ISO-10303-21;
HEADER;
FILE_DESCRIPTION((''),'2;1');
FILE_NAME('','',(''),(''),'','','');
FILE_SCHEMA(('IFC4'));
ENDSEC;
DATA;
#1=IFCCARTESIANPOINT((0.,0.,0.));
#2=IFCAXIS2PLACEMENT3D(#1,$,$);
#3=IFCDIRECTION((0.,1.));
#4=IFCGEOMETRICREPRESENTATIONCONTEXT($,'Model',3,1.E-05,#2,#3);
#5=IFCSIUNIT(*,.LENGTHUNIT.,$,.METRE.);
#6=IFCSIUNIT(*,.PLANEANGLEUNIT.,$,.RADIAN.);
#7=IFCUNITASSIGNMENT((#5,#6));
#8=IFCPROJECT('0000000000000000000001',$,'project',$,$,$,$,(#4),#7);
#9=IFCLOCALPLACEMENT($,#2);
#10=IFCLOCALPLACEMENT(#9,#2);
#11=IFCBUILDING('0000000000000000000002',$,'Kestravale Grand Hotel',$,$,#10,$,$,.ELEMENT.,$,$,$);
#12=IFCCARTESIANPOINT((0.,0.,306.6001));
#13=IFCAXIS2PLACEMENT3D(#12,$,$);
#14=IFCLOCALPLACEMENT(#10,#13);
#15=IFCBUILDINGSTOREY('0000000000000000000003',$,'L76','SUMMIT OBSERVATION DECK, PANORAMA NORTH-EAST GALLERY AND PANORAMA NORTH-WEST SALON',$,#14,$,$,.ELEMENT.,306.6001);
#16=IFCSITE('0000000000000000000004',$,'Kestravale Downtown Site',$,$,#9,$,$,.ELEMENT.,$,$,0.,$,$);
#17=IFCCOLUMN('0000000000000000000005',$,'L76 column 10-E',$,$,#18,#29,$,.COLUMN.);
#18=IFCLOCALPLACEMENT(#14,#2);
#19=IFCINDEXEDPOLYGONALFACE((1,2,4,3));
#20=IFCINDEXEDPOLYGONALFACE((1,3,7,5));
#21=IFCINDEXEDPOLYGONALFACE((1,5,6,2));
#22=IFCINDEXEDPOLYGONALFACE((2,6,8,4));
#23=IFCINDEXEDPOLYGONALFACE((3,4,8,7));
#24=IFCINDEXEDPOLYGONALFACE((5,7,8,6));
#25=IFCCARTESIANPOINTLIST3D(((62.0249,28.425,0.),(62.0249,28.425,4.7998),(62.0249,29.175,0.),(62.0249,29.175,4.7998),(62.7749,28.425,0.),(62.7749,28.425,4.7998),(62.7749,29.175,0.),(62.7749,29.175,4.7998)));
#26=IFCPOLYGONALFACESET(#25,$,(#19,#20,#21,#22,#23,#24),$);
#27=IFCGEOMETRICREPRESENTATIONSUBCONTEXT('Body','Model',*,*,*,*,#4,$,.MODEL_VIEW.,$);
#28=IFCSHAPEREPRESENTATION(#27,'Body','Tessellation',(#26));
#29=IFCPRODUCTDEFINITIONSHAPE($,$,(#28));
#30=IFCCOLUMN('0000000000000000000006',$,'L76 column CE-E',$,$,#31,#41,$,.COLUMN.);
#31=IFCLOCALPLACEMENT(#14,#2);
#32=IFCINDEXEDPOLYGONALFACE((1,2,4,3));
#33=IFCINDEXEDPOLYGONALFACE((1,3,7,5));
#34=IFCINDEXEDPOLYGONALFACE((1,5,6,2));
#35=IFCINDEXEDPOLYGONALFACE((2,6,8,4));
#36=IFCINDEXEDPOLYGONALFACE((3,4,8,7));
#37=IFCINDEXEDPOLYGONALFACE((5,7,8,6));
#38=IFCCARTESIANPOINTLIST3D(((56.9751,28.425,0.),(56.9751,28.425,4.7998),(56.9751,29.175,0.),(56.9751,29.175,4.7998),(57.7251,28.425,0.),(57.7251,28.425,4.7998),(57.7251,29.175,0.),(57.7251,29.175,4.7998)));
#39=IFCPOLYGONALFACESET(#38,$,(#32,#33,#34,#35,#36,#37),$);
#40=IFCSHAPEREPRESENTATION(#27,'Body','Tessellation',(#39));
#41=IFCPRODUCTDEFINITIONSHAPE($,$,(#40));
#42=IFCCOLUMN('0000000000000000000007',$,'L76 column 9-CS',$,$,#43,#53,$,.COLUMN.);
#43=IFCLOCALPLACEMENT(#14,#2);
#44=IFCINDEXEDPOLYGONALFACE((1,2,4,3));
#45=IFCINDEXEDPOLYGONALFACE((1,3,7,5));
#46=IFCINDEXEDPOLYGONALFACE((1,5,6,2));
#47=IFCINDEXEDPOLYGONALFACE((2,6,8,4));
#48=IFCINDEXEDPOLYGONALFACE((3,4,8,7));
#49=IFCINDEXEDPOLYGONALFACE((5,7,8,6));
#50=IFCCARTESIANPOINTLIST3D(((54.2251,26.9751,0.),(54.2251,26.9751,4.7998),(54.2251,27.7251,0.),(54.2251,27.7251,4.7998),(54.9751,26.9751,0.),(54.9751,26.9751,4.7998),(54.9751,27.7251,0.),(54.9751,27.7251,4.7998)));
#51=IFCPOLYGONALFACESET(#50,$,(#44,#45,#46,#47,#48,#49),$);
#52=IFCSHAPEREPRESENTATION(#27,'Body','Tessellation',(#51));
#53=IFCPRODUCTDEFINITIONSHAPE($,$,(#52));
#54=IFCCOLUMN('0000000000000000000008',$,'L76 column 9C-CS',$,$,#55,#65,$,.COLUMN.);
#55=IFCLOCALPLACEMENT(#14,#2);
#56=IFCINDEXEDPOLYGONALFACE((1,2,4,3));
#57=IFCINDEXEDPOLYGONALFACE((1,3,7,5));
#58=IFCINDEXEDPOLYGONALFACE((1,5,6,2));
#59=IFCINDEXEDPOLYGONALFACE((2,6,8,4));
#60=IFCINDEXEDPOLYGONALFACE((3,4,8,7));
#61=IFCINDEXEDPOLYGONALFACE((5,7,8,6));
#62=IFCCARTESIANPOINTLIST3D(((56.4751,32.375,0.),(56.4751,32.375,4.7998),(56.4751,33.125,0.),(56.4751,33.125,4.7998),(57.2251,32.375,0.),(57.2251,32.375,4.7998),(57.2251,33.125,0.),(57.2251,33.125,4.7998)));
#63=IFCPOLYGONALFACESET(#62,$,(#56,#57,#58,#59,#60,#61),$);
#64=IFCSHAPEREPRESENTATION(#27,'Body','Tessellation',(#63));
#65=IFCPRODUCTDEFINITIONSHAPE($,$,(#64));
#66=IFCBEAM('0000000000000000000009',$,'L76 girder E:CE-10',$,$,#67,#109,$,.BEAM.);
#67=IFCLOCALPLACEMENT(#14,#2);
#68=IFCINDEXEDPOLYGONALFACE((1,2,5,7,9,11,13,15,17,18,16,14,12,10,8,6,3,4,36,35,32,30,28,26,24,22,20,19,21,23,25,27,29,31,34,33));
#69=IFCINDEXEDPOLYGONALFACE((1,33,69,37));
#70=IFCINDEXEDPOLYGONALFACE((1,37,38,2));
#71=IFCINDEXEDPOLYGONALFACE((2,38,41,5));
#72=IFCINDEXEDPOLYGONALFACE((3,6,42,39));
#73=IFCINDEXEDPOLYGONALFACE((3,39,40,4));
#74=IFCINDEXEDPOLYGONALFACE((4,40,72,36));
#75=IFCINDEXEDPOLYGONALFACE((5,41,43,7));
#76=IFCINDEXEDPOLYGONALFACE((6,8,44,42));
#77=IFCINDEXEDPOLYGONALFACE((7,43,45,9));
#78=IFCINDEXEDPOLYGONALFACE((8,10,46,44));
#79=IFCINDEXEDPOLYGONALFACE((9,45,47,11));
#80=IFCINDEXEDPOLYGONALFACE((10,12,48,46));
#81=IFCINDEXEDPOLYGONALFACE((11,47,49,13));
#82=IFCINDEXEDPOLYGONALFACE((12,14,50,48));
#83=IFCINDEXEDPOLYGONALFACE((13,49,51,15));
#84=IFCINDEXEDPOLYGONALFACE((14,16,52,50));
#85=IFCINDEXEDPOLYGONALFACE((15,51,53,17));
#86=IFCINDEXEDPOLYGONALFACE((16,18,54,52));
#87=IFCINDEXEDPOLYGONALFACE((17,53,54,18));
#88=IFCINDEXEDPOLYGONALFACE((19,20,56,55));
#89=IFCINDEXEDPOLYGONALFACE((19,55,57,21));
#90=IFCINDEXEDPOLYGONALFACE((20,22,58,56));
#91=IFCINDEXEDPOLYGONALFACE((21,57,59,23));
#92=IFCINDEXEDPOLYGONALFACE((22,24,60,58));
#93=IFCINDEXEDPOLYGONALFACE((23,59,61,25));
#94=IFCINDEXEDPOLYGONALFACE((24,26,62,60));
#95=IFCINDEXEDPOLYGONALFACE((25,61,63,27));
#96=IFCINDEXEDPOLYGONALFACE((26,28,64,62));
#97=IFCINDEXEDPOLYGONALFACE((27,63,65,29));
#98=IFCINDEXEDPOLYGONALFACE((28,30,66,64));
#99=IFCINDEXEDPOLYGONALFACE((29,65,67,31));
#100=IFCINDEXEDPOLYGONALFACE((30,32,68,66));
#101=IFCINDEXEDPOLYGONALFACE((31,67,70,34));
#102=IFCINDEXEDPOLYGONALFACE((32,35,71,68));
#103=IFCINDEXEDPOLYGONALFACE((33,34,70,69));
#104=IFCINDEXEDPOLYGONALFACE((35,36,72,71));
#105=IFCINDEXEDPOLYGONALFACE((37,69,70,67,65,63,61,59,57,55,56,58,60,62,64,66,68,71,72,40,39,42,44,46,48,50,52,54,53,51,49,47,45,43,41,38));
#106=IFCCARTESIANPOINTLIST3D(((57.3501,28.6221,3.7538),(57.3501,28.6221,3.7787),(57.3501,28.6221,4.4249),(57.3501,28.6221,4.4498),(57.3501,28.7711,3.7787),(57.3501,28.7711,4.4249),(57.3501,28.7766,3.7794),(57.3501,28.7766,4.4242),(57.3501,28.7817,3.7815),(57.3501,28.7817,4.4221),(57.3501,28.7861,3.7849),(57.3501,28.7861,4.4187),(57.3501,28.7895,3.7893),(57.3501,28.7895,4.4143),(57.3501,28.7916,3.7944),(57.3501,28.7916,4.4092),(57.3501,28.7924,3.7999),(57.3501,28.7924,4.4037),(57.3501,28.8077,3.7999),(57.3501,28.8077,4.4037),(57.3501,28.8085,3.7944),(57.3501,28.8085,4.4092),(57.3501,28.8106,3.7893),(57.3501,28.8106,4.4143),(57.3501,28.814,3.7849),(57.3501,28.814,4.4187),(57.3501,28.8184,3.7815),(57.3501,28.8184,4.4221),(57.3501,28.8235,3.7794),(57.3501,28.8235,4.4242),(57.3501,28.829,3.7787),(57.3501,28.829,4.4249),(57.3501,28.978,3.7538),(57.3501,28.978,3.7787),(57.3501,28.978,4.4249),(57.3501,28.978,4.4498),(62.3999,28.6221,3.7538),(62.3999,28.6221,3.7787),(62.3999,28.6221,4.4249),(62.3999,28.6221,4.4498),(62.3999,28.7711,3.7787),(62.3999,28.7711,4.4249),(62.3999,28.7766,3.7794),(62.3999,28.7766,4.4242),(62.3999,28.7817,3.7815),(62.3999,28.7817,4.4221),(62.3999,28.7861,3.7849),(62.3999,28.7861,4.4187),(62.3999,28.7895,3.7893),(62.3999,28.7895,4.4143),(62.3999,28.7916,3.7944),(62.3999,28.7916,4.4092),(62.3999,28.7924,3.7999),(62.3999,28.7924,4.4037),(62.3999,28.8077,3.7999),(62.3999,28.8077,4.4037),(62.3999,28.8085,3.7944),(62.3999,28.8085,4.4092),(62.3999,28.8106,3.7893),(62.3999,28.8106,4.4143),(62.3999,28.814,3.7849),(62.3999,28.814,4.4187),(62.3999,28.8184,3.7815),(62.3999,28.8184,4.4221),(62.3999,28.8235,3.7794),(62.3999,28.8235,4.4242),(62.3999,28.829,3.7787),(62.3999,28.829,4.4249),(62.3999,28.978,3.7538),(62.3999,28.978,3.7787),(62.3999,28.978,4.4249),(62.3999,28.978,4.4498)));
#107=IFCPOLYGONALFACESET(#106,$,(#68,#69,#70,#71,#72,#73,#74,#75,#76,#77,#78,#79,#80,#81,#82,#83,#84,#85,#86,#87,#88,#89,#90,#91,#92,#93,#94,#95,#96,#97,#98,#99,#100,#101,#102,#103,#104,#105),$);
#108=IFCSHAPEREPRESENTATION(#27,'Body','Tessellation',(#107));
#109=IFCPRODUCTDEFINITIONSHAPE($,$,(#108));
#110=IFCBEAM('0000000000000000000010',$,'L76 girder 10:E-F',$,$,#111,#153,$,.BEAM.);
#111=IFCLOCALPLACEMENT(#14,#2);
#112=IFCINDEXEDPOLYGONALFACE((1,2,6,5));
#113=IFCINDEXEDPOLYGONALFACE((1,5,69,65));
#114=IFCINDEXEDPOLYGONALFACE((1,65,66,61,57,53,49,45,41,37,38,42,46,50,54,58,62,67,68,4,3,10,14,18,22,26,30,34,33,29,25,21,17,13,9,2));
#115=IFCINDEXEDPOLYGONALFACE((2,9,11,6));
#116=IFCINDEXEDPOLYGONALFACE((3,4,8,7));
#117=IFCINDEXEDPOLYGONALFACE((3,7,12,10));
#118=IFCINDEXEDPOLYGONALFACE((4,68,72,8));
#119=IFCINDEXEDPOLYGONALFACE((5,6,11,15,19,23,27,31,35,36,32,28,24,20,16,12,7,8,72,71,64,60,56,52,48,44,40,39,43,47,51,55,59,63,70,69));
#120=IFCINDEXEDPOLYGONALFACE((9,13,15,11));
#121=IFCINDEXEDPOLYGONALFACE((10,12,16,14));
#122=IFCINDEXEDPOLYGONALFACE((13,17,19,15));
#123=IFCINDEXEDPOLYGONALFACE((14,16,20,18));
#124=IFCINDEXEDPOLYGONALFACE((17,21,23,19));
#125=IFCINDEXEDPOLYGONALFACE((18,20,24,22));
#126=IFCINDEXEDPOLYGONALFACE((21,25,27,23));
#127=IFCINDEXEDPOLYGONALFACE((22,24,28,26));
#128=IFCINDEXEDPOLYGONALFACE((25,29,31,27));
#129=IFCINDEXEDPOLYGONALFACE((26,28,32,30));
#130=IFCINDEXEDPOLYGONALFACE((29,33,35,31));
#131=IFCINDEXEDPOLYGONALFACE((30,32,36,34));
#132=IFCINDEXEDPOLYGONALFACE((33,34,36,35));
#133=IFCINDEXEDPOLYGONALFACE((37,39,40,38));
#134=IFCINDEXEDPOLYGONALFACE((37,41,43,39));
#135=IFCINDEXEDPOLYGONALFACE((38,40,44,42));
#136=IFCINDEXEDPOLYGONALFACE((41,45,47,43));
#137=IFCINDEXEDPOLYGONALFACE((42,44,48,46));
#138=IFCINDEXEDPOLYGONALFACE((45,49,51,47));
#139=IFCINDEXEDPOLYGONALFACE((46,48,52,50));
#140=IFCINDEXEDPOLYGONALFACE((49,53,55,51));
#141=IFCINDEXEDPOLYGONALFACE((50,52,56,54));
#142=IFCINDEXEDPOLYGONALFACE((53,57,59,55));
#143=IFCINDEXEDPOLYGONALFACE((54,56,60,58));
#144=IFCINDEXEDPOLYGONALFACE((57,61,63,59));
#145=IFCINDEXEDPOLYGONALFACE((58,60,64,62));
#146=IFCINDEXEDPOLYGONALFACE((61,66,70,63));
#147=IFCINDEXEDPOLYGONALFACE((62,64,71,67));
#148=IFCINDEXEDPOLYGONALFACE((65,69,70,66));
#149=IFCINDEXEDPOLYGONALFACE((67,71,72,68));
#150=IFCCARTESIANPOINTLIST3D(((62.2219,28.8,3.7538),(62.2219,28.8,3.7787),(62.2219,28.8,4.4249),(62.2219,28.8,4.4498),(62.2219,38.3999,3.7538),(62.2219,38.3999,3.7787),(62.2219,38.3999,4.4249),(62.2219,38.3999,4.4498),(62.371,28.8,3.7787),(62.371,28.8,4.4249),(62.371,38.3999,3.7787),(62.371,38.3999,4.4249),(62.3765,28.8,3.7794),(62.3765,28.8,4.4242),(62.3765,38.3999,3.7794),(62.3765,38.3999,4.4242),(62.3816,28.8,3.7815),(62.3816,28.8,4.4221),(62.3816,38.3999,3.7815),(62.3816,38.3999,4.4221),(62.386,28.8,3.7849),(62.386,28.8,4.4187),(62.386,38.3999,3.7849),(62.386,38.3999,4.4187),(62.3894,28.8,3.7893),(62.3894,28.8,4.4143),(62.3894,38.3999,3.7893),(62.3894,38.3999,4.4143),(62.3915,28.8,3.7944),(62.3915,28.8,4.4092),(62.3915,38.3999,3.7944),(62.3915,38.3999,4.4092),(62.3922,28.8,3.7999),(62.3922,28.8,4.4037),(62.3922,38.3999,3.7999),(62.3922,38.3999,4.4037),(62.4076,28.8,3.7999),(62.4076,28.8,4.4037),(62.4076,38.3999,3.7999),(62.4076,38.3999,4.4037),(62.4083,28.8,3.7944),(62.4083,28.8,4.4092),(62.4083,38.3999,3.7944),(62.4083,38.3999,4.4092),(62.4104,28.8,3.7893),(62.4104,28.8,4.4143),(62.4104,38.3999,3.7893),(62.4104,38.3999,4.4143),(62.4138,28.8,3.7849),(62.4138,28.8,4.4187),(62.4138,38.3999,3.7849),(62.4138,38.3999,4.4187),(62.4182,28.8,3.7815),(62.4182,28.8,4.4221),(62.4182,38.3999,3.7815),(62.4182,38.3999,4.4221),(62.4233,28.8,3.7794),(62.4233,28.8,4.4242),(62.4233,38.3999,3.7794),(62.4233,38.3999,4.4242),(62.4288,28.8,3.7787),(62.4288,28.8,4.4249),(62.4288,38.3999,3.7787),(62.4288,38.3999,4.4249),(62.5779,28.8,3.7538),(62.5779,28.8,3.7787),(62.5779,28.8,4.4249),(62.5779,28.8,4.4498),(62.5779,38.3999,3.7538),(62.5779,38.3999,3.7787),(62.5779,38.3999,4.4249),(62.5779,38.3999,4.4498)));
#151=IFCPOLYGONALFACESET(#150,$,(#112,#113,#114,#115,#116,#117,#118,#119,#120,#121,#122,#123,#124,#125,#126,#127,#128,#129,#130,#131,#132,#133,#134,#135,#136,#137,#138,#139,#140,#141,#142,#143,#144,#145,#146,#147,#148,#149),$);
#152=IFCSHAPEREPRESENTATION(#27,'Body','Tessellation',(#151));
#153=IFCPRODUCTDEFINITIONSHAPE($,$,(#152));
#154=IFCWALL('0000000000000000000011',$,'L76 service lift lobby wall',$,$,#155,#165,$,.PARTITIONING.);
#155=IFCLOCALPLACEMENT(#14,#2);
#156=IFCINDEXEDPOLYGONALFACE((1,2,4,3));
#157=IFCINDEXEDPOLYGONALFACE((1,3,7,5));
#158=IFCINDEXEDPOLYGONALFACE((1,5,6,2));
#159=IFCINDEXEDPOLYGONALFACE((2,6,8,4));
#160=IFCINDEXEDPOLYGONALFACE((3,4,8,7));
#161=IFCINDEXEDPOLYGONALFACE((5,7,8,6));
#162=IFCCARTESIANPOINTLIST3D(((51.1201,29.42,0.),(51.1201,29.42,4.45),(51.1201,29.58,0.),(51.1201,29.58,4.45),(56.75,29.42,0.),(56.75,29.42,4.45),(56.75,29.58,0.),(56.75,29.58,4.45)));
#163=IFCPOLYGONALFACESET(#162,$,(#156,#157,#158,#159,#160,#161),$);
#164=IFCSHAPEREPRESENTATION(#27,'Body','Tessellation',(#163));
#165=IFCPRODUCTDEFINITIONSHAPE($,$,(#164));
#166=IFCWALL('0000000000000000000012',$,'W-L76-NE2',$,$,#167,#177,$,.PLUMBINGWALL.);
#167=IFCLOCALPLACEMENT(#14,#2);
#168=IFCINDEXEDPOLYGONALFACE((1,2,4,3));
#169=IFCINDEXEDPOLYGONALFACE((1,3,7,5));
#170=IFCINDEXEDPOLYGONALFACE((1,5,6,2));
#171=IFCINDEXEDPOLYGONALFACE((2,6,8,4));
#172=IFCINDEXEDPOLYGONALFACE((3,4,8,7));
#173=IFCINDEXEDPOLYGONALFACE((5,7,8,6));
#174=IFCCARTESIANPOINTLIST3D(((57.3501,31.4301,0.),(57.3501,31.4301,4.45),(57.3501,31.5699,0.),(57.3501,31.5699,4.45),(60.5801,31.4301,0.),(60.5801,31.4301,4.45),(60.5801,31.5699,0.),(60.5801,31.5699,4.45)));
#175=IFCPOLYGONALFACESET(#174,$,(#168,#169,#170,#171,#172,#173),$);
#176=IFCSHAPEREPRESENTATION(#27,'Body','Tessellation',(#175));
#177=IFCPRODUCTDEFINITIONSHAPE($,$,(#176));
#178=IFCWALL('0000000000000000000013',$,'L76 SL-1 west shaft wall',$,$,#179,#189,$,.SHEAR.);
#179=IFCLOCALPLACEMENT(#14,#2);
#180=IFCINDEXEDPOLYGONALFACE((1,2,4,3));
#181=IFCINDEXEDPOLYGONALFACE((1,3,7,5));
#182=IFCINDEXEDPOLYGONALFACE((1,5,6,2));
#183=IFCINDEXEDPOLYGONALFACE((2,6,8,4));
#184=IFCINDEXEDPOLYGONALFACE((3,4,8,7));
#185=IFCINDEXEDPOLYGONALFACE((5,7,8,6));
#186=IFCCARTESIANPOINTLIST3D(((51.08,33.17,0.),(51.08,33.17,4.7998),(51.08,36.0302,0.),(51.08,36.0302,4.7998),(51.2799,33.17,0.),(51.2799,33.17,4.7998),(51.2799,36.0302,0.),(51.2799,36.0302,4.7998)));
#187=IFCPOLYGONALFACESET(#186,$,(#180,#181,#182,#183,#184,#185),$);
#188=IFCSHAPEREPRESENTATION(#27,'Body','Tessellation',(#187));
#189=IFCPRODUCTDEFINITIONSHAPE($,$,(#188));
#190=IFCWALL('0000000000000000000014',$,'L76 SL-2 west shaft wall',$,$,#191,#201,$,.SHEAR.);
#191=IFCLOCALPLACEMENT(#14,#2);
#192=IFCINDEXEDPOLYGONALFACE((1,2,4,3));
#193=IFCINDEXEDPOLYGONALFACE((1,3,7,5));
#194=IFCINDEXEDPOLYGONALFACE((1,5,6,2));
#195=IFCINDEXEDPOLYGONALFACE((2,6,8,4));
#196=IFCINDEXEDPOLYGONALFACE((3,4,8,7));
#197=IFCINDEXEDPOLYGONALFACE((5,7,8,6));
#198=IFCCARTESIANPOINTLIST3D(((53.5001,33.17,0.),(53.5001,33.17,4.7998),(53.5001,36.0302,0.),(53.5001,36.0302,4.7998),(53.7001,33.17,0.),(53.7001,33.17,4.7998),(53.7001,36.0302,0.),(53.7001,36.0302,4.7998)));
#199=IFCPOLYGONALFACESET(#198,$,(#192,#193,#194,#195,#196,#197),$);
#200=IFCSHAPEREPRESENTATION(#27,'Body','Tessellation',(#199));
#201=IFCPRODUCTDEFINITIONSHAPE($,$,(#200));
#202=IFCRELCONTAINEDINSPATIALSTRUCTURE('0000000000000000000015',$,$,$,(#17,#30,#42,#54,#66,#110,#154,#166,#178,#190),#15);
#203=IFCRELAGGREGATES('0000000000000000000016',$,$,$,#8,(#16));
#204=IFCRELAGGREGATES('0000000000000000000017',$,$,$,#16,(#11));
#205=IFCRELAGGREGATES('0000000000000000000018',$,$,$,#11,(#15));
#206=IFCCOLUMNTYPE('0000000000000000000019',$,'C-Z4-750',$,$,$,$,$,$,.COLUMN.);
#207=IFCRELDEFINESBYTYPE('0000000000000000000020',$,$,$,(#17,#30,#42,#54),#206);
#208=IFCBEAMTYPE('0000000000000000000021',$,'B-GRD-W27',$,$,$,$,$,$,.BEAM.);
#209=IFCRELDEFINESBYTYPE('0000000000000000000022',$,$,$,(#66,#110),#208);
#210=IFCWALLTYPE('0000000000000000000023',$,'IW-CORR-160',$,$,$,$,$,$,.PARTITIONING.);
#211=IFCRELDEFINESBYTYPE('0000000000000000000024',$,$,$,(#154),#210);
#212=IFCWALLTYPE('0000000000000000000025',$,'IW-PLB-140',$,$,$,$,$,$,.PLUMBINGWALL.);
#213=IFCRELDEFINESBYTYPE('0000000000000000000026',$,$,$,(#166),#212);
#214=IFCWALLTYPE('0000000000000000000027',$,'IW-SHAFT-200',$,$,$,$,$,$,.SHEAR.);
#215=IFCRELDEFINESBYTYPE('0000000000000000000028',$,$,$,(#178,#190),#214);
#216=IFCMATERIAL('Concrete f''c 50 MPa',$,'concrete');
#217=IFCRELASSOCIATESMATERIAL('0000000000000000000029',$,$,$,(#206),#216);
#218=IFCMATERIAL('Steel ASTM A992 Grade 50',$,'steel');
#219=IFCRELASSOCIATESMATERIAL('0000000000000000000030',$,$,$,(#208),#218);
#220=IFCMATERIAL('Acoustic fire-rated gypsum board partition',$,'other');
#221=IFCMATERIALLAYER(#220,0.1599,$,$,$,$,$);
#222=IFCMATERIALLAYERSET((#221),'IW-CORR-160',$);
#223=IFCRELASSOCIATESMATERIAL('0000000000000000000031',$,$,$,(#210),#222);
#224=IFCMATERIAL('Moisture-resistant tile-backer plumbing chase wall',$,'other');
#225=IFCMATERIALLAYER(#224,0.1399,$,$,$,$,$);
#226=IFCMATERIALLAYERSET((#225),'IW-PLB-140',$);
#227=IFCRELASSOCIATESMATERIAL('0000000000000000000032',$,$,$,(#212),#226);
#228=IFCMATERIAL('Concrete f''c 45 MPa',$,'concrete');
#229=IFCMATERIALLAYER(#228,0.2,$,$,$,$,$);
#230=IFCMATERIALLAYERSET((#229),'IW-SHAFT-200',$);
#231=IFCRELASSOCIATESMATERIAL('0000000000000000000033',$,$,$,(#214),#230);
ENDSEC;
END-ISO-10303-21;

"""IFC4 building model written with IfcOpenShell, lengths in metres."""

from ifc_helpers import new_model, si_unit, direction, frame, frame_2d, origin, origin_2d, place, context, subcontext, project, spatial, rectangle, i_section, extrude, material, layer, layer_set, material_profile, profile_set, type_object, element, save


model = new_model("IFC4")

# Units and contexts
model_context = context("Model", 3, precision=1e-05, world=origin(), true_north=direction((0.0, 1.0)))
body_context = subcontext(model_context, "Body", "Model", "MODEL_VIEW")
ifc_project = project(units=[si_unit("LENGTHUNIT", "METRE"), si_unit("PLANEANGLEUNIT", "RADIAN")], contexts=[model_context])

# Site, building, storey
site_placement = place(None, origin())
site = spatial("IfcSite", under=ifc_project, at=site_placement, Name="Kestravale Downtown Site", CompositionType="ELEMENT", RefElevation=0.0)
building_placement = place(site_placement, origin())
building = spatial("IfcBuilding", under=site, at=building_placement, Name="Kestravale Grand Hotel", CompositionType="ELEMENT")
storey_placement = place(building_placement, frame((0.0, 0.0, 306.6001)))
storey = spatial("IfcBuildingStorey", under=building, at=storey_placement, Name="L76", Description="SUMMIT OBSERVATION DECK, PANORAMA NORTH-EAST GALLERY AND PANORAMA NORTH-WEST SALON", CompositionType="ELEMENT", Elevation=306.6001)

# Columns
ifc_material_1 = material(Name="Concrete f'c 50 MPa", Category="concrete")
ifc_material_profile_1 = material_profile(ifc_material_1, rectangle(XDim=0.75, YDim=0.75, at=origin_2d()))
ifc_profile_set_1 = profile_set([ifc_material_profile_1], Name="Concrete f'c 50 MPa")
column_type = type_object("IfcColumnType", Name="C-Z4-750", PredefinedType="COLUMN", material=ifc_profile_set_1)
for number, where, z_axis, x_axis, name in (
    (1, (62.3999, 28.8, 0.0), (0.0, 0.0, 1.0), (1.0, 0.0, 0.0), "L76 column 10-E"),
    (2, (57.3501, 28.8, 0.0), (0.0, 0.0, 1.0), (1.0, 0.0, 0.0), "L76 column CE-E"),
    (3, (54.6001, 27.3501, 0.0), (0.0, 0.0, 1.0), (1.0, 0.0, 0.0), "L76 column 9-CS"),
    (4, (56.8501, 32.75, 0.0), (0.0, 0.0, 1.0), (1.0, 0.0, 0.0), "L76 column 9C-CS"),
):
    element("IfcColumn", number, at=place(storey_placement, frame(where, z_axis=z_axis, x_axis=x_axis)), inside=storey, type_object=column_type, Name=name, PredefinedType="COLUMN", context=body_context, shape_type="SweptSolid", body=[
        extrude(rectangle(XDim=0.75, YDim=0.75, at=origin_2d()), origin(), (0.0, 0.0, 1.0), 4.7998),
    ])

# Beams
ifc_material_2 = material(Name="Steel ASTM A992 Grade 50", Category="steel")
ifc_material_profile_2 = material_profile(ifc_material_2, i_section(OverallWidth=0.356, OverallDepth=0.696, WebThickness=0.0154, FlangeThickness=0.0249, FilletRadius=0.0212, at=origin_2d()))
ifc_profile_set_2 = profile_set([ifc_material_profile_2], Name="Steel ASTM A992 Grade 50")
beam_type = type_object("IfcBeamType", Name="B-GRD-W27", PredefinedType="BEAM", material=ifc_profile_set_2)
beam_1_placement = place(storey_placement, frame((57.3501, 28.8, 4.1018), z_axis=(1.0, 0.0, 0.0), x_axis=(0.0, 1.0, 0.0)))
element("IfcBeam", 5, at=beam_1_placement, inside=storey, type_object=beam_type, Name="L76 girder E:CE-10", PredefinedType="BEAM", context=body_context, shape_type="SweptSolid", body=[
    extrude(i_section(OverallWidth=0.356, OverallDepth=0.696, WebThickness=0.0154, FlangeThickness=0.0249, FilletRadius=0.0212, at=origin_2d()), origin(), (0.0, 0.0, 1.0), 5.0498),
])
beam_2_placement = place(storey_placement, frame((62.3999, 28.8, 4.1018), z_axis=(0.0, 1.0, 0.0), x_axis=(-1.0, 0.0, 0.0)))
element("IfcBeam", 6, at=beam_2_placement, inside=storey, type_object=beam_type, Name="L76 girder 10:E-F", PredefinedType="BEAM", context=body_context, shape_type="SweptSolid", body=[
    extrude(i_section(OverallWidth=0.356, OverallDepth=0.696, WebThickness=0.0154, FlangeThickness=0.0249, FilletRadius=0.0212, at=origin_2d()), origin(), (0.0, 0.0, 1.0), 9.5999),
])

# Shared definitions
ifc_material_3 = material(Name="Acoustic fire-rated gypsum board partition", Category="other")
ifc_layer_1 = layer(ifc_material_3, 0.1599)
ifc_layer_set_1 = layer_set([ifc_layer_1], Name="IW-CORR-160")
wall_type_1 = type_object("IfcWallType", Name="IW-CORR-160", PredefinedType="PARTITIONING", material=ifc_layer_set_1)

# Walls
wall_1_placement = place(storey_placement, frame((51.1201, 29.5, 0.0), z_axis=(0.0, 0.0, 1.0), x_axis=(1.0, 0.0, 0.0)))
element("IfcWall", 7, at=wall_1_placement, inside=storey, type_object=wall_type_1, Name="L76 service lift lobby wall", PredefinedType="PARTITIONING", context=body_context, shape_type="SweptSolid", body=[
    extrude(rectangle(XDim=5.6299, YDim=0.1599, at=frame_2d((2.8149, 0.0))), origin(), (0.0, 0.0, 1.0), 4.45),
])
ifc_material_4 = material(Name="Moisture-resistant tile-backer plumbing chase wall", Category="other")
ifc_layer_2 = layer(ifc_material_4, 0.1399)
ifc_layer_set_2 = layer_set([ifc_layer_2], Name="IW-PLB-140")
wall_type_2 = type_object("IfcWallType", Name="IW-PLB-140", PredefinedType="PLUMBINGWALL", material=ifc_layer_set_2)
wall_2_placement = place(storey_placement, frame((57.3501, 31.5, 0.0), z_axis=(0.0, 0.0, 1.0), x_axis=(1.0, 0.0, 0.0)))
element("IfcWall", 8, at=wall_2_placement, inside=storey, type_object=wall_type_2, Name="W-L76-NE2", PredefinedType="PLUMBINGWALL", context=body_context, shape_type="SweptSolid", body=[
    extrude(rectangle(XDim=3.23, YDim=0.1399, at=frame_2d((1.615, 0.0))), origin(), (0.0, 0.0, 1.0), 4.45),
])
ifc_material_5 = material(Name="Concrete f'c 45 MPa", Category="concrete")
ifc_layer_3 = layer(ifc_material_5, 0.2)
ifc_layer_set_3 = layer_set([ifc_layer_3], Name="IW-SHAFT-200")
wall_type_3 = type_object("IfcWallType", Name="IW-SHAFT-200", PredefinedType="SHEAR", material=ifc_layer_set_3)
for number, where, z_axis, x_axis, name in (
    (9, (51.1799, 33.1699, 0.0), (0.0, 0.0, 1.0), (0.0, 1.0, 0.0), "L76 SL-1 west shaft wall"),
    (10, (53.6001, 33.1699, 0.0), (0.0, 0.0, 1.0), (0.0, 1.0, 0.0), "L76 SL-2 west shaft wall"),
):
    element("IfcWall", number, at=place(storey_placement, frame(where, z_axis=z_axis, x_axis=x_axis)), inside=storey, type_object=wall_type_3, Name=name, PredefinedType="SHEAR", context=body_context, shape_type="SweptSolid", body=[
        extrude(rectangle(XDim=2.8601, YDim=0.2, at=frame_2d((1.4302, 0.0))), origin(), (0.0, 0.0, 1.0), 4.7998),
    ])

save(model, "model.ifc")
